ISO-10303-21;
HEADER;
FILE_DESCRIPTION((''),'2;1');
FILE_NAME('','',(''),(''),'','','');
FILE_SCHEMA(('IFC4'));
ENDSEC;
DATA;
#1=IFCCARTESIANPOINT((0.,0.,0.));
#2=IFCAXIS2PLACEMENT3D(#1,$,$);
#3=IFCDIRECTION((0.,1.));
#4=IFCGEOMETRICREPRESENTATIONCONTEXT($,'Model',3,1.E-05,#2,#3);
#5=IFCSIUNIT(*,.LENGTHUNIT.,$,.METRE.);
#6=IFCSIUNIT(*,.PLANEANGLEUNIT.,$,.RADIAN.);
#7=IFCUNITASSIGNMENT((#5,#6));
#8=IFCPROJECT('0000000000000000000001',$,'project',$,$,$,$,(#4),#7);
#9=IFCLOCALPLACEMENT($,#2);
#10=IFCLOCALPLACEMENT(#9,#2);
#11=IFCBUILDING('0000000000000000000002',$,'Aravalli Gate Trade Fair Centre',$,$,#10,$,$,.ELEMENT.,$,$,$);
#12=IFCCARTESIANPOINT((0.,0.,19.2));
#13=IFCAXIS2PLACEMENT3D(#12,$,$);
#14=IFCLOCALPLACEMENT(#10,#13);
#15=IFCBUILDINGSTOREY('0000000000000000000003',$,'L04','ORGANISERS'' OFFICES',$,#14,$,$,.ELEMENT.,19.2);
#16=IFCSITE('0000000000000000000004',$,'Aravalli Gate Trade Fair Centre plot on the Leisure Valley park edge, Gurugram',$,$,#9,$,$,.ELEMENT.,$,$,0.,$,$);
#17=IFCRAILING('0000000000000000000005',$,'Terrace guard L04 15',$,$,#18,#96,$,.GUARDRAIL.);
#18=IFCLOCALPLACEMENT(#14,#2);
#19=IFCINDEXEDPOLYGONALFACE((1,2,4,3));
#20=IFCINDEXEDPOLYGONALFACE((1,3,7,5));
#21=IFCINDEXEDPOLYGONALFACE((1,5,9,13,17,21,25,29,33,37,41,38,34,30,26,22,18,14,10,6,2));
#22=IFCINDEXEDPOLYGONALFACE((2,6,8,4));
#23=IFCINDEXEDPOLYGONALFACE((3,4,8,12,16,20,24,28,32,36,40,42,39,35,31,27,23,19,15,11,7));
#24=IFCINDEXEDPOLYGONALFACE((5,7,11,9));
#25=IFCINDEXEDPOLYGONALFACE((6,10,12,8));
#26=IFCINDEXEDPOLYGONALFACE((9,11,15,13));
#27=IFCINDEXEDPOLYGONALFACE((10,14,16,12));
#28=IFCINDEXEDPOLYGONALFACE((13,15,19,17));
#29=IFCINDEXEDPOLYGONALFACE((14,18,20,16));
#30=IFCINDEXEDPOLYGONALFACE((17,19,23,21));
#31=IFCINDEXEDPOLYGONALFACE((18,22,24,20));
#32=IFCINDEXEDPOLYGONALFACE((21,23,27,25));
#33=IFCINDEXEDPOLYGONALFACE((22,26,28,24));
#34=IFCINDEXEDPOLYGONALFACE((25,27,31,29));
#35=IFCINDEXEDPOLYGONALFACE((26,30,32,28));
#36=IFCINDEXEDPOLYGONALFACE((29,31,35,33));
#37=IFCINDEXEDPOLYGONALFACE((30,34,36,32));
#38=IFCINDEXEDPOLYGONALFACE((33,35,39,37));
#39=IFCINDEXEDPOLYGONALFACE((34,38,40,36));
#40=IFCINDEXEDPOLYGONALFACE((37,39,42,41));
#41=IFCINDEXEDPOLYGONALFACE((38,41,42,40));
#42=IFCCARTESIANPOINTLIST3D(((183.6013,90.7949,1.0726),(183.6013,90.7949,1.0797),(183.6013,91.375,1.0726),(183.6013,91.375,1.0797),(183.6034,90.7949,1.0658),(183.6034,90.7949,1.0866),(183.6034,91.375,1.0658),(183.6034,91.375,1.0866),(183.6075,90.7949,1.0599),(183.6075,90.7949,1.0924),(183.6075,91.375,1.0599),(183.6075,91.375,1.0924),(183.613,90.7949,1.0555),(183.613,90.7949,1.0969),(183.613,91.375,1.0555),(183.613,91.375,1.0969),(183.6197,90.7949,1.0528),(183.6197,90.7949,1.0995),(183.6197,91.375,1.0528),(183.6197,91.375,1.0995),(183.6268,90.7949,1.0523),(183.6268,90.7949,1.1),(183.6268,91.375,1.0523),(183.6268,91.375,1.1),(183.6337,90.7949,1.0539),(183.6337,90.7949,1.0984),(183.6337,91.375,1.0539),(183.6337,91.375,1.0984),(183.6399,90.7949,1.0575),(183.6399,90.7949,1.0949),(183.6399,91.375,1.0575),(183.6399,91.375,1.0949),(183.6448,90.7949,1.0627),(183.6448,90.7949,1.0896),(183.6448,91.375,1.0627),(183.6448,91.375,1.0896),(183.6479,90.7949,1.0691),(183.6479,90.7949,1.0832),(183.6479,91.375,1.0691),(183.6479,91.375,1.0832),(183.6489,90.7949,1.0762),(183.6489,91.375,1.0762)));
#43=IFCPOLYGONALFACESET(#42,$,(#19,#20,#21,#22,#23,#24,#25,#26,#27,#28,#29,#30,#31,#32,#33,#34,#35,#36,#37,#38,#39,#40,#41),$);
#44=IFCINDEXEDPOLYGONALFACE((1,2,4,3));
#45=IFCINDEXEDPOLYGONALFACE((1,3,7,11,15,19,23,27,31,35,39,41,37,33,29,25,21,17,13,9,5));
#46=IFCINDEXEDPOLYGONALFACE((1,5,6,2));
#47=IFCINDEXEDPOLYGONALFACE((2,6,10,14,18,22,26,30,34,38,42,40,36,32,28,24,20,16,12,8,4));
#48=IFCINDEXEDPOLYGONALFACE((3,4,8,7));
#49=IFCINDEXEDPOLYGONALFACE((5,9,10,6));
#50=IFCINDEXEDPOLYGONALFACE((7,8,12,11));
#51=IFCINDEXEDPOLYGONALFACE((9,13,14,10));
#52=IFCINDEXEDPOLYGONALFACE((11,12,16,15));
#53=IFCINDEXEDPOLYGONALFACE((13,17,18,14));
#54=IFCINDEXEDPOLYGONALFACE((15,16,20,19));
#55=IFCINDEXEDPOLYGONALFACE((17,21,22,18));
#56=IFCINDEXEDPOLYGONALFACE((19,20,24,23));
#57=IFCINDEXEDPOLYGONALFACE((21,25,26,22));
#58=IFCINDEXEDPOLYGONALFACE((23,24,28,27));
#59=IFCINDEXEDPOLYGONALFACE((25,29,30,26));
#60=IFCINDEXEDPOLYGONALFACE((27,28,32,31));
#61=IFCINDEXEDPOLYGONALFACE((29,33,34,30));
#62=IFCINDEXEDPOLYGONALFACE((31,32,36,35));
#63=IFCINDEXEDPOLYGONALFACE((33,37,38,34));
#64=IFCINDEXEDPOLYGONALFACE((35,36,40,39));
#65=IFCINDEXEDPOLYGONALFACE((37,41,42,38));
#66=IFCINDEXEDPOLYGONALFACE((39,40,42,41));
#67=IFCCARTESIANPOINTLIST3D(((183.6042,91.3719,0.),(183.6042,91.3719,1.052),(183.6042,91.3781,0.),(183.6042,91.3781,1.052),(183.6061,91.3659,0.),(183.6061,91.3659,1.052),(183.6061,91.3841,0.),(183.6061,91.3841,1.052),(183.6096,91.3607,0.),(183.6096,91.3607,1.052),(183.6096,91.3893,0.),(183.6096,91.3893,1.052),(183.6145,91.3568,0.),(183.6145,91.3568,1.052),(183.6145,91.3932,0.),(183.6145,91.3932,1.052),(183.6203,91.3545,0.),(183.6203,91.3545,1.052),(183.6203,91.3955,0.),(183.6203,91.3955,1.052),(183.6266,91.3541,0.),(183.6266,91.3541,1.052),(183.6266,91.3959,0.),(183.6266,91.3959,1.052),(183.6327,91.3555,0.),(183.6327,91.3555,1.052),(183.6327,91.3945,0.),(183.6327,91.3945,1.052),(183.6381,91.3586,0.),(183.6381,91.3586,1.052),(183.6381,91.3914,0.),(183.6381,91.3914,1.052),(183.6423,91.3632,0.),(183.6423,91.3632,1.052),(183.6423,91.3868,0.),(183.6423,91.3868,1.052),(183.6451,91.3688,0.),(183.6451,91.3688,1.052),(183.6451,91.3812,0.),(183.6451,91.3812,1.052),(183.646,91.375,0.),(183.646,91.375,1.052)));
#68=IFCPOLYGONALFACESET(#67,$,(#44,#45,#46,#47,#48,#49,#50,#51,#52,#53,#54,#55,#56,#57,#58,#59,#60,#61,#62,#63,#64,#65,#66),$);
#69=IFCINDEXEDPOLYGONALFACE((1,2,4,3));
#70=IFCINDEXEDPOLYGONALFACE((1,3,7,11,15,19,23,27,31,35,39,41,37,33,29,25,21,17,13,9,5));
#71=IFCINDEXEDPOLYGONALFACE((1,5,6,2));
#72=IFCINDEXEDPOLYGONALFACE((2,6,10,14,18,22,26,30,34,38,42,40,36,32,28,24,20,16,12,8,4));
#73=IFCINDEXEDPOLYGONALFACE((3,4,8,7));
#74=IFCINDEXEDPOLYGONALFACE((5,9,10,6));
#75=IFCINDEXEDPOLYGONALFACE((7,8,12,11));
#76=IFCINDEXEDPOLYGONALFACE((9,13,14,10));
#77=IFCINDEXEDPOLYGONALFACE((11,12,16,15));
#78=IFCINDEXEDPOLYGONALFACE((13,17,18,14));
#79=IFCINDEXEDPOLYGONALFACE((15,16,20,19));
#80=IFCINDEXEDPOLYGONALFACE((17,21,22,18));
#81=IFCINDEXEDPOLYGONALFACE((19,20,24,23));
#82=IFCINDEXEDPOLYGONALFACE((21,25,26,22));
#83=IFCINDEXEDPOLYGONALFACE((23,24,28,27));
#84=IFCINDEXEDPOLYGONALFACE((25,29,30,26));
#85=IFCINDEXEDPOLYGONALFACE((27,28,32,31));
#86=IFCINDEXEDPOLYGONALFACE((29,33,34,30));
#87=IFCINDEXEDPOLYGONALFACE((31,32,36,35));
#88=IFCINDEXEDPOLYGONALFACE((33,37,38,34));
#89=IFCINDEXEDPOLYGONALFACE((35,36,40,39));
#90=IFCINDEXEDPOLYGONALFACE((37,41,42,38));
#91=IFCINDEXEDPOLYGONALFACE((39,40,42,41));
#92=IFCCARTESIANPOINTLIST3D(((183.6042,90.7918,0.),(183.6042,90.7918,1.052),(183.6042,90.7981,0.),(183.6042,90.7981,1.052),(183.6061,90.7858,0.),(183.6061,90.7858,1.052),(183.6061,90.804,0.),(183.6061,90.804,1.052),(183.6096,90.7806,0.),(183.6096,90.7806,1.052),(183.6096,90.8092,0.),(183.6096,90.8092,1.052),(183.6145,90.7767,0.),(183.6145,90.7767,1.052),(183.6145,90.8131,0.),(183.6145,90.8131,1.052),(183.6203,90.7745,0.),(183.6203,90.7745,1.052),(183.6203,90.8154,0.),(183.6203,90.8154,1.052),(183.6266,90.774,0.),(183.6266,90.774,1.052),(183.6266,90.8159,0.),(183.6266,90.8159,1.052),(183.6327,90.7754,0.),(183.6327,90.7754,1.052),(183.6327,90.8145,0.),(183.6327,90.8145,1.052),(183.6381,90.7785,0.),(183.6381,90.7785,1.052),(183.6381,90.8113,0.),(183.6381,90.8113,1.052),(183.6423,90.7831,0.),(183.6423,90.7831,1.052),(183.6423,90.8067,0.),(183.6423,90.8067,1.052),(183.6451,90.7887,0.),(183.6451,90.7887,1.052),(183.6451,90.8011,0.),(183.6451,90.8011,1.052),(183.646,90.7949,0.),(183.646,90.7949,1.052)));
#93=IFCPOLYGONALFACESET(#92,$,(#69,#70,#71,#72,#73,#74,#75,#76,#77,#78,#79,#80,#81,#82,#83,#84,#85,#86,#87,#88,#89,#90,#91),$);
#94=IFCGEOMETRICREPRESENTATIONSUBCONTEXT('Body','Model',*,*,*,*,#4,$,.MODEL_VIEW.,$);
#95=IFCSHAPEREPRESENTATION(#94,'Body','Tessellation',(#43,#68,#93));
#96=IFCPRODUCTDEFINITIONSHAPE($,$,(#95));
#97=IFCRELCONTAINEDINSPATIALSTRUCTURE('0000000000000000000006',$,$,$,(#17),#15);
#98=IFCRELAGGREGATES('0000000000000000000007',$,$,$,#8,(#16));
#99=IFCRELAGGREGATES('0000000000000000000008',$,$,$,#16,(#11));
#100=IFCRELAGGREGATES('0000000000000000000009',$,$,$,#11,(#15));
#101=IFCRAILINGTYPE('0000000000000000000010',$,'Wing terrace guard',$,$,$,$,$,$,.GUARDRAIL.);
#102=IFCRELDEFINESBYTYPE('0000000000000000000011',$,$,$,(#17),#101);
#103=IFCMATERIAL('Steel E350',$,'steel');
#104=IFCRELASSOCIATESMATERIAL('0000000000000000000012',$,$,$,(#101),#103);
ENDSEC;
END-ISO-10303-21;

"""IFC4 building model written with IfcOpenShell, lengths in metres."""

from ifc_helpers import new_model, si_unit, direction, frame, origin, origin_2d, place, context, subcontext, project, spatial, circle, extrude, material, type_object, element, save


model = new_model("IFC4")

# Units and contexts
model_context = context("Model", 3, precision=1e-05, world=origin(), true_north=direction((0.0, 1.0)))
body_context = subcontext(model_context, "Body", "Model", "MODEL_VIEW")
ifc_project = project(units=[si_unit("LENGTHUNIT", "METRE"), si_unit("PLANEANGLEUNIT", "RADIAN")], contexts=[model_context])

# Site, building, storey
site_placement = place(None, origin())
site = spatial("IfcSite", under=ifc_project, at=site_placement, Name="Aravalli Gate Trade Fair Centre plot on the Leisure Valley park edge, Gurugram", CompositionType="ELEMENT", RefElevation=0.0)
building_placement = place(site_placement, origin())
building = spatial("IfcBuilding", under=site, at=building_placement, Name="Aravalli Gate Trade Fair Centre", CompositionType="ELEMENT")
storey_placement = place(building_placement, frame((0.0, 0.0, 19.2)))
storey = spatial("IfcBuildingStorey", under=building, at=storey_placement, Name="L04", Description="ORGANISERS' OFFICES", CompositionType="ELEMENT", Elevation=19.2)

# Shared definitions
ifc_material_1 = material(Name="Steel E350", Category="steel")

# Railing
railing_type = type_object("IfcRailingType", Name="Wing terrace guard", PredefinedType="GUARDRAIL", material=ifc_material_1)
railing_1_placement = place(storey_placement, frame((183.625, 91.375, 0.0)))
element("IfcRailing", 1, at=railing_1_placement, inside=storey, type_object=railing_type, Name="Terrace guard L04 15", PredefinedType="GUARDRAIL", context=body_context, shape_type="SweptSolid", body=[
    extrude(circle(Radius=0.0239, at=origin_2d()), frame((0.0, 0.0, 1.0762), z_axis=(0.0, -1.0, 0.0), x_axis=(1.0, 0.0, 0.0)), (0.0, 0.0, 1.0), 0.5801),
    extrude(circle(Radius=0.021, at=origin_2d()), origin(), (0.0, 0.0, 1.0), 1.052),
    extrude(circle(Radius=0.021, at=origin_2d()), frame((0.0, -0.5801, 0.0)), (0.0, 0.0, 1.0), 1.052),
])

save(model, "model.ifc")
